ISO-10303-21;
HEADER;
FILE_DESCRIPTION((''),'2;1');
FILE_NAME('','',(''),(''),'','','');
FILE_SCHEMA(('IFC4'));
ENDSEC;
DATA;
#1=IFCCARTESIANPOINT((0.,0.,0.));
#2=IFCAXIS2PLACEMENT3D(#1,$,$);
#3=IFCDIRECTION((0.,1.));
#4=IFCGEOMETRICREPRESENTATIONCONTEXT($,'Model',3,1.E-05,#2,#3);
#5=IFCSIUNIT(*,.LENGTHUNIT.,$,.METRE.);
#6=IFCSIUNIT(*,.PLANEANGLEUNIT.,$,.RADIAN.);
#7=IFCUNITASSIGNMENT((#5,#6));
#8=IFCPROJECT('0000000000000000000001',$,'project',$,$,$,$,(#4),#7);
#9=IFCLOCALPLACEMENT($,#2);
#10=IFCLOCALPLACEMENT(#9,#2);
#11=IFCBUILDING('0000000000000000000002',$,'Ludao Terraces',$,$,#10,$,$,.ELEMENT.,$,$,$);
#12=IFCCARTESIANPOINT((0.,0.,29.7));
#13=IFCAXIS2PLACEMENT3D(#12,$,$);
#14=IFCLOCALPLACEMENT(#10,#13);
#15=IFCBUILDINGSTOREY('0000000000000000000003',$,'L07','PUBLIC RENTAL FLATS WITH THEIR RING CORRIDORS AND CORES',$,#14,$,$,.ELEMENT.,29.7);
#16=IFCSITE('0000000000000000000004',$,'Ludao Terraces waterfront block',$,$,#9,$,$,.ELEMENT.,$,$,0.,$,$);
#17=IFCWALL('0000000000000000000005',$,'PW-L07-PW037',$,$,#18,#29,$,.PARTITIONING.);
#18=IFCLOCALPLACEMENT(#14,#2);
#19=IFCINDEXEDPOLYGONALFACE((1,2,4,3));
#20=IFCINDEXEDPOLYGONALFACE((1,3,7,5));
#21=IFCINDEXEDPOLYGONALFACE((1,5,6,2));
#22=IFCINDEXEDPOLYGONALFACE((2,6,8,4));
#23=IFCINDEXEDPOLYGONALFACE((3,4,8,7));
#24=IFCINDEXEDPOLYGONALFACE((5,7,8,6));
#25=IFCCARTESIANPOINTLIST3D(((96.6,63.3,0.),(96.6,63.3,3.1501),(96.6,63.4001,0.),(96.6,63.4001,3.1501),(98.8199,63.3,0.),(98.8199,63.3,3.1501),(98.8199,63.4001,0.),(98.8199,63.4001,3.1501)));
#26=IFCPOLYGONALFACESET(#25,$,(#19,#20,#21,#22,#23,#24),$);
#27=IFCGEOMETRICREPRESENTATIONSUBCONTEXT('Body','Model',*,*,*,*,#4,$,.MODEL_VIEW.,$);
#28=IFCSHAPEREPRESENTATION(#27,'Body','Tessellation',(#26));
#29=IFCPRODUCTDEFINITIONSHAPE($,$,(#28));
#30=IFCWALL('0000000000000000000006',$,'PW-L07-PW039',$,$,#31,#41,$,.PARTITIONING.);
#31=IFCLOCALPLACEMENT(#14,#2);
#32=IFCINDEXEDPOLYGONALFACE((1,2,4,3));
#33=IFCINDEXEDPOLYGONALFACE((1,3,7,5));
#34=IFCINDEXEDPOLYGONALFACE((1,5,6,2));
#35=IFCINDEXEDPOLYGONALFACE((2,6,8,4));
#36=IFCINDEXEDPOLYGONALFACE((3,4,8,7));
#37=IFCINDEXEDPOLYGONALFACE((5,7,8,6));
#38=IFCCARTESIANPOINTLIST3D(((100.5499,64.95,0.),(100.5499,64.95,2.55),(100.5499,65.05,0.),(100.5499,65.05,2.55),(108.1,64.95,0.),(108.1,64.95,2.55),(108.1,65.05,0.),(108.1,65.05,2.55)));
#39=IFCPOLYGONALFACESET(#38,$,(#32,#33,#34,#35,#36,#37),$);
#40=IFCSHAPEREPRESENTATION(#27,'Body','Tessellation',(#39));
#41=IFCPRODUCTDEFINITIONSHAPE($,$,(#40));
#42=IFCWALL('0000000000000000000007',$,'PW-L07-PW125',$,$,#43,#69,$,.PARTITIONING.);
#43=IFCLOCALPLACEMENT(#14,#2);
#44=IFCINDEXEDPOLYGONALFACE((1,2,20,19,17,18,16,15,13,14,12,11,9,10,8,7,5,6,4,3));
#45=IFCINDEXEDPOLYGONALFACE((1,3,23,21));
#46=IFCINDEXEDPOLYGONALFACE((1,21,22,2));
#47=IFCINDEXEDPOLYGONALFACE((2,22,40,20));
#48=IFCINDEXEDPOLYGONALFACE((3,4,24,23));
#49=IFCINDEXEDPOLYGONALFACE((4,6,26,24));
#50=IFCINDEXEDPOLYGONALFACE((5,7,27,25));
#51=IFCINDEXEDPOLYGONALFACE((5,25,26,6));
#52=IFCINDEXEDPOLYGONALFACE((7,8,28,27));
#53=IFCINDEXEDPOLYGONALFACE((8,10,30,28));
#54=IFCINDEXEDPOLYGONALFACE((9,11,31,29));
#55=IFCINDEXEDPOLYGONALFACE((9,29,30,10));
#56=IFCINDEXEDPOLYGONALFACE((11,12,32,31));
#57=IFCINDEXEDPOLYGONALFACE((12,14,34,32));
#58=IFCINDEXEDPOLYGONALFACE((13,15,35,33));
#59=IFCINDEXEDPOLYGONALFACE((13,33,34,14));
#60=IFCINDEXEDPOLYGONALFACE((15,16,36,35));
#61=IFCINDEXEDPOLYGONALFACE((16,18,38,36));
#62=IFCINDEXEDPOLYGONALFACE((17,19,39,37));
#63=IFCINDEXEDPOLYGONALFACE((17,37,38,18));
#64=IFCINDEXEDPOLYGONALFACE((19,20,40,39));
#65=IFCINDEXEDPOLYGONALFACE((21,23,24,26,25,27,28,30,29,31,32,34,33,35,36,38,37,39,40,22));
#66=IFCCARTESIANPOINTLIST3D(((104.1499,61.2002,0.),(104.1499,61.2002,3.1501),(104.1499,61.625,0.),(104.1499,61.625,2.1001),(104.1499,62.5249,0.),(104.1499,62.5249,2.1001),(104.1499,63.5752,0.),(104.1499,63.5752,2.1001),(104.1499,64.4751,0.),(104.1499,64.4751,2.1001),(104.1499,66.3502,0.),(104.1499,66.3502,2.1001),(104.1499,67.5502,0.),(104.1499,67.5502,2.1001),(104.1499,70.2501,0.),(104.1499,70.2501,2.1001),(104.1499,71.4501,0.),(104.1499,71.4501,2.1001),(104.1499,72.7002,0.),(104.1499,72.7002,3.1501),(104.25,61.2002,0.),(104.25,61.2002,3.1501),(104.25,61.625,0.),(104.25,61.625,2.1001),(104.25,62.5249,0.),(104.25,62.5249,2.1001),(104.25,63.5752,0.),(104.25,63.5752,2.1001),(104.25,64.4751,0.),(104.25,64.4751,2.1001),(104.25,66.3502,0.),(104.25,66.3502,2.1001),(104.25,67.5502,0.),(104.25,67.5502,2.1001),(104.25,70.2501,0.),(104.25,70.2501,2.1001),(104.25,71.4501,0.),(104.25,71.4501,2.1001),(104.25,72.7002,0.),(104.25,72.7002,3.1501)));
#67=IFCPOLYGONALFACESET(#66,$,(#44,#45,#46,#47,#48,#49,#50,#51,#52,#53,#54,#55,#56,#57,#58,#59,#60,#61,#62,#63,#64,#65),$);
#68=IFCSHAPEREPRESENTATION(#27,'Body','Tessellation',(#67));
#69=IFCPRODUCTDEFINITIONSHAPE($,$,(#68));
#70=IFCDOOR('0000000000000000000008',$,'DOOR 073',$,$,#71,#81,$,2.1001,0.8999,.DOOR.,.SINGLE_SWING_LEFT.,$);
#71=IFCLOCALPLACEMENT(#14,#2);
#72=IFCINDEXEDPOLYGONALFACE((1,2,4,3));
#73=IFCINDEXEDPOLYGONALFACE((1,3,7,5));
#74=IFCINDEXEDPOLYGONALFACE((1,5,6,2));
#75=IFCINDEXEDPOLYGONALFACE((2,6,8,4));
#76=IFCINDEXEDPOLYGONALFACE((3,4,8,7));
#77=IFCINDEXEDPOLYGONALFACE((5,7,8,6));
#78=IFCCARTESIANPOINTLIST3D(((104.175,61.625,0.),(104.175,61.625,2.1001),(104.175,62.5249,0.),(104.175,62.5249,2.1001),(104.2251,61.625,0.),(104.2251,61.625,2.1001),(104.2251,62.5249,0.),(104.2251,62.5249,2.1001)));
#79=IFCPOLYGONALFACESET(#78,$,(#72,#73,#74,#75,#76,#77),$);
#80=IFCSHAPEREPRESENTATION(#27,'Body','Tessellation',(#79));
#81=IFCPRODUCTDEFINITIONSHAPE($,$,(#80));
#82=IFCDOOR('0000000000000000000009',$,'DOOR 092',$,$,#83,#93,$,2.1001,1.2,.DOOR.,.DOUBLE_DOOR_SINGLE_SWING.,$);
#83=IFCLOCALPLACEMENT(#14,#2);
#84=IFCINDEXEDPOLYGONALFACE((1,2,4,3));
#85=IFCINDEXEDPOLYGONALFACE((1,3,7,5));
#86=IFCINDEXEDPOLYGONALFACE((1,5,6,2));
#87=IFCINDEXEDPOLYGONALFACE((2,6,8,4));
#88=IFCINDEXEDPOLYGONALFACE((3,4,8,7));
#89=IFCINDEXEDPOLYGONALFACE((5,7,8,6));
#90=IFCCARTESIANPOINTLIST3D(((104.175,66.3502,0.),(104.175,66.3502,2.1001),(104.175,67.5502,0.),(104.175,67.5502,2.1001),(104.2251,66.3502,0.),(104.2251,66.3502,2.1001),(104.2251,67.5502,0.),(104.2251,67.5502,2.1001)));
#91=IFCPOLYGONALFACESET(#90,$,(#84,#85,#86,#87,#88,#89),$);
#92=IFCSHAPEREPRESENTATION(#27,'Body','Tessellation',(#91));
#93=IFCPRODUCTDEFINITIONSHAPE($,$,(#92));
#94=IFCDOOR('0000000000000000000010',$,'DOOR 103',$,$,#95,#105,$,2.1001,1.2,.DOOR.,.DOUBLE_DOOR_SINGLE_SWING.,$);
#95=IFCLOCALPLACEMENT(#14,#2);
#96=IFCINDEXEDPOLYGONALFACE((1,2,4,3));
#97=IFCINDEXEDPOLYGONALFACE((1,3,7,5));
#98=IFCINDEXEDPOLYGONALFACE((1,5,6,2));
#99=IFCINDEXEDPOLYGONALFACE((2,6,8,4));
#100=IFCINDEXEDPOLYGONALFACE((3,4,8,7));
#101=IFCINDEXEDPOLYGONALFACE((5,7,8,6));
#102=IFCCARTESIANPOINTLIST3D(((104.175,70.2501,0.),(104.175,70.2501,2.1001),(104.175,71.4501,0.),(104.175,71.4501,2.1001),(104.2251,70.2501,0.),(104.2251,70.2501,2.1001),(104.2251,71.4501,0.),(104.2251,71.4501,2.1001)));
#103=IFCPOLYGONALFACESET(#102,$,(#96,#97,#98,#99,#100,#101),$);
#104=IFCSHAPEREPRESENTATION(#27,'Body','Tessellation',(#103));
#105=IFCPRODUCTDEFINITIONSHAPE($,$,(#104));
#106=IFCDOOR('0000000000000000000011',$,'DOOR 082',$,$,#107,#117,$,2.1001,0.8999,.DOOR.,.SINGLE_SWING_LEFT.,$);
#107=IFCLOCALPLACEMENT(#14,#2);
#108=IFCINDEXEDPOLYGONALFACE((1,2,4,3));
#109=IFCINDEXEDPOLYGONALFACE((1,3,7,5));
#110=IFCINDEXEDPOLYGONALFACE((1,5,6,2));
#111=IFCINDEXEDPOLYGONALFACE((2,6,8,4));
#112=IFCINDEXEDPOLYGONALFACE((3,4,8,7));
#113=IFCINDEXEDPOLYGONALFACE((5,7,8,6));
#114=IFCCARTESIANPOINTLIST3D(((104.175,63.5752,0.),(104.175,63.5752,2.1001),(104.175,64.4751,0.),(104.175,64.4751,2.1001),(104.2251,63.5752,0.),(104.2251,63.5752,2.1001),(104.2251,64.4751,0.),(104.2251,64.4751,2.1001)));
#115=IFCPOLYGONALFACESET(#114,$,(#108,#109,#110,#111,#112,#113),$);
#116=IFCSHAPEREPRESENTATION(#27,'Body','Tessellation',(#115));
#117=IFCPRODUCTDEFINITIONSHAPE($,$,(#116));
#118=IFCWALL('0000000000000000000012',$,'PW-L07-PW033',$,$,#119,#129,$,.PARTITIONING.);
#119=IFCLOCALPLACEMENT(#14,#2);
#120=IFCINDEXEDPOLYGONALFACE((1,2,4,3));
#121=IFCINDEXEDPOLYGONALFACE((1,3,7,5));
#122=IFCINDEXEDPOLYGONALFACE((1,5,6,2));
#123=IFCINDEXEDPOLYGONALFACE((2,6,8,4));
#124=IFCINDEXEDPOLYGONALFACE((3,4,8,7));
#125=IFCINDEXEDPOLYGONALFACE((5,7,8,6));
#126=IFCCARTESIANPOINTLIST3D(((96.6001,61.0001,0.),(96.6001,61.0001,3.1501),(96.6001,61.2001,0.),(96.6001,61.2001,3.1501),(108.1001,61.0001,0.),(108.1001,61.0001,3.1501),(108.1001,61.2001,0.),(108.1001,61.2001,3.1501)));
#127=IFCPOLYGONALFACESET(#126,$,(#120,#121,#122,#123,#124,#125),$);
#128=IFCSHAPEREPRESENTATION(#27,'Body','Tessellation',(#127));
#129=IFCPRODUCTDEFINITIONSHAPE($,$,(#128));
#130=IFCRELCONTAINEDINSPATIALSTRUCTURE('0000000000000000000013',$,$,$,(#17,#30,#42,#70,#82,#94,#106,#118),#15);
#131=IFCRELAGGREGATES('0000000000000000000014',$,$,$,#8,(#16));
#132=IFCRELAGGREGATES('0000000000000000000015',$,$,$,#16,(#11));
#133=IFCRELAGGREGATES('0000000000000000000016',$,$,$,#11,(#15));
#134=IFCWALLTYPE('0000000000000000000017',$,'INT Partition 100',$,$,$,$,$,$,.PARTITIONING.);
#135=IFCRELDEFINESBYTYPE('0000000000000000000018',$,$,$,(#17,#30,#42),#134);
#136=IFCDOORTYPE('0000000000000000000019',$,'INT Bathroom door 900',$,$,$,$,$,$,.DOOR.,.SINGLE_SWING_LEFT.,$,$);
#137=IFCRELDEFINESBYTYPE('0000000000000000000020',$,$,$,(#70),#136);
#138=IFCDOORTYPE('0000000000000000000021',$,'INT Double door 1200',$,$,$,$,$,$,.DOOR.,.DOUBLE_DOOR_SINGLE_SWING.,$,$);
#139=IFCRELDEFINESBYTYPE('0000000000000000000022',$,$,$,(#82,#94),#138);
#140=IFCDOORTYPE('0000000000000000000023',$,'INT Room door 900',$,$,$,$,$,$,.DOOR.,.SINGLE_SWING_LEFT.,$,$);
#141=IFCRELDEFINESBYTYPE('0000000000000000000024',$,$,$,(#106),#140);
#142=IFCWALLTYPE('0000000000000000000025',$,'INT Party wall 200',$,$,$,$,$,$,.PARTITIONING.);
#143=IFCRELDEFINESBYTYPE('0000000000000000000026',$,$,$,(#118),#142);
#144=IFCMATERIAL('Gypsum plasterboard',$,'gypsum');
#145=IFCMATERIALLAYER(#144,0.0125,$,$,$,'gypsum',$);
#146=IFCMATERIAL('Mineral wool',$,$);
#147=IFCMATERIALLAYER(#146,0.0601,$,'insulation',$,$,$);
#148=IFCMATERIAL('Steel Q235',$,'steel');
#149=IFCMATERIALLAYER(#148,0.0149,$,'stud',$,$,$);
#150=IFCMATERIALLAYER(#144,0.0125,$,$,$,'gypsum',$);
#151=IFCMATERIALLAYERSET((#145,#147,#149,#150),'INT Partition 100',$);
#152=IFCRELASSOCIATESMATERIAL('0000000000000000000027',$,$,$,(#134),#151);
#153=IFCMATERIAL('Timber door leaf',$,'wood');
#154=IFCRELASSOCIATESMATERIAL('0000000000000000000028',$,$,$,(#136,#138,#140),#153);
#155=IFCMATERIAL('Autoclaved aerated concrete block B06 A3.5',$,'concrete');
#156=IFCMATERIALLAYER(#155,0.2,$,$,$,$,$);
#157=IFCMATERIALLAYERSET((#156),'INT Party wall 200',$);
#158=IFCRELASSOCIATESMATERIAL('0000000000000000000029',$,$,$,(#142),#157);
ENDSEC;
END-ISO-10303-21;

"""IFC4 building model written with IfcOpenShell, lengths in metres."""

from ifc_helpers import new_model, si_unit, direction, frame, frame_2d, origin, place, context, subcontext, project, spatial, rectangle, extrude, material, layer, layer_set, type_object, element, fill, save


model = new_model("IFC4")

# Units and contexts
model_context = context("Model", 3, precision=1e-05, world=origin(), true_north=direction((0.0, 1.0)))
body_context = subcontext(model_context, "Body", "Model", "MODEL_VIEW")
ifc_project = project(units=[si_unit("LENGTHUNIT", "METRE"), si_unit("PLANEANGLEUNIT", "RADIAN")], contexts=[model_context])

# Site, building, storey
site_placement = place(None, origin())
site = spatial("IfcSite", under=ifc_project, at=site_placement, Name="Ludao Terraces waterfront block", CompositionType="ELEMENT", RefElevation=0.0)
building_placement = place(site_placement, origin())
building = spatial("IfcBuilding", under=site, at=building_placement, Name="Ludao Terraces", CompositionType="ELEMENT")
storey_placement = place(building_placement, frame((0.0, 0.0, 29.7)))
storey = spatial("IfcBuildingStorey", under=building, at=storey_placement, Name="L07", Description="PUBLIC RENTAL FLATS WITH THEIR RING CORRIDORS AND CORES", CompositionType="ELEMENT", Elevation=29.7)

# Shared definitions
ifc_material_1 = material(Name="Mineral wool")

# Walls
ifc_material_2 = material(Name="Gypsum plasterboard", Category="gypsum")
ifc_layer_1 = layer(ifc_material_2, 0.0125, Category="gypsum")
ifc_layer_2 = layer(ifc_material_1, 0.0601, Name="insulation")
ifc_material_3 = material(Name="Steel Q235", Category="steel")
ifc_layer_3 = layer(ifc_material_3, 0.0149, Name="stud")
ifc_layer_4 = layer(ifc_material_2, 0.0125, Category="gypsum")
ifc_layer_set_1 = layer_set([ifc_layer_1, ifc_layer_2, ifc_layer_3, ifc_layer_4], Name="INT Partition 100")
wall_type_1 = type_object("IfcWallType", Name="INT Partition 100", PredefinedType="PARTITIONING", material=ifc_layer_set_1)
wall_1_placement = place(storey_placement, frame((96.6001, 63.3501, 0.0), z_axis=(0.0, 0.0, 1.0), x_axis=(1.0, 0.0, 0.0)))
element("IfcWall", 1, at=wall_1_placement, inside=storey, type_object=wall_type_1, Name="PW-L07-PW037", PredefinedType="PARTITIONING", context=body_context, shape_type="SweptSolid", body=[
    extrude(rectangle(XDim=2.22, YDim=0.1001, at=frame_2d((1.1099, 0.0))), origin(), (0.0, 0.0, 1.0), 3.1501),
])
wall_2_placement = place(storey_placement, frame((100.55, 65.0, 0.0), z_axis=(0.0, 0.0, 1.0), x_axis=(1.0, 0.0, 0.0)))
element("IfcWall", 2, at=wall_2_placement, inside=storey, type_object=wall_type_1, Name="PW-L07-PW039", PredefinedType="PARTITIONING", context=body_context, shape_type="SweptSolid", body=[
    extrude(rectangle(XDim=7.55, YDim=0.1001, at=frame_2d((3.7749, 0.0))), origin(), (0.0, 0.0, 1.0), 2.55),
])

# Wall, openings, doors
wall_3_placement = place(storey_placement, frame((104.2, 61.2002, 0.0), z_axis=(0.0, 0.0, 1.0), x_axis=(0.0, 1.0, 0.0)))
wall_3 = element("IfcWall", 3, at=wall_3_placement, inside=storey, type_object=wall_type_1, Name="PW-L07-PW125", PredefinedType="PARTITIONING", context=body_context, shape_type="SweptSolid", body=[
    extrude(rectangle(XDim=11.5, YDim=0.1001, at=frame_2d((5.75, 0.0))), origin(), (0.0, 0.0, 1.0), 3.1501),
])
opening_1_placement = place(wall_3_placement, frame((0.4248, 0.0, 0.0)))
opening_1 = element("IfcOpeningElement", 4, at=opening_1_placement, cuts=wall_3, PredefinedType="OPENING", context=body_context, shape_type="SweptSolid", body=[
    extrude(rectangle(XDim=0.8999, YDim=2.1001, at=frame_2d((0.45, 1.05))), frame((0.0, 0.0601, 0.0), z_axis=(0.0, -1.0, 0.0), x_axis=(1.0, 0.0, 0.0)), (0.0, 0.0, 1.0), 0.1201),
])
opening_2_placement = place(wall_3_placement, frame((2.375, 0.0, 0.0)))
opening_2 = element("IfcOpeningElement", 5, at=opening_2_placement, cuts=wall_3, PredefinedType="OPENING", context=body_context, shape_type="SweptSolid", body=[
    extrude(rectangle(XDim=0.8999, YDim=2.1001, at=frame_2d((0.45, 1.05))), frame((0.0, 0.0601, 0.0), z_axis=(0.0, -1.0, 0.0), x_axis=(1.0, 0.0, 0.0)), (0.0, 0.0, 1.0), 0.1201),
])
opening_3_placement = place(wall_3_placement, frame((5.1499, 0.0, 0.0)))
opening_3 = element("IfcOpeningElement", 6, at=opening_3_placement, cuts=wall_3, PredefinedType="OPENING", context=body_context, shape_type="SweptSolid", body=[
    extrude(rectangle(XDim=1.2, YDim=2.1001, at=frame_2d((0.6001, 1.05))), frame((0.0, 0.0601, 0.0), z_axis=(0.0, -1.0, 0.0), x_axis=(1.0, 0.0, 0.0)), (0.0, 0.0, 1.0), 0.1201),
])
opening_4_placement = place(wall_3_placement, frame((9.0498, 0.0, 0.0)))
opening_4 = element("IfcOpeningElement", 7, at=opening_4_placement, cuts=wall_3, PredefinedType="OPENING", context=body_context, shape_type="SweptSolid", body=[
    extrude(rectangle(XDim=1.2, YDim=2.1001, at=frame_2d((0.6001, 1.05))), frame((0.0, 0.0601, 0.0), z_axis=(0.0, -1.0, 0.0), x_axis=(1.0, 0.0, 0.0)), (0.0, 0.0, 1.0), 0.1201),
])
ifc_material_4 = material(Name="Timber door leaf", Category="wood")
door_type_1 = type_object("IfcDoorType", Name="INT Bathroom door 900", OperationType="SINGLE_SWING_LEFT", PredefinedType="DOOR", material=ifc_material_4)
door_1_placement = place(opening_1_placement, origin())
door_1 = element("IfcDoor", 8, at=door_1_placement, inside=storey, type_object=door_type_1, Name="DOOR 073", OperationType="SINGLE_SWING_LEFT", OverallHeight=2.1001, OverallWidth=0.8999, PredefinedType="DOOR", context=body_context, shape_type="SweptSolid", body=[
    extrude(rectangle(XDim=0.8999, YDim=2.1001, at=frame_2d((0.45, 1.05))), frame((0.0, 0.0249, 0.0), z_axis=(0.0, -1.0, 0.0), x_axis=(1.0, 0.0, 0.0)), (0.0, 0.0, 1.0), 0.05),
])
fill(opening_1, door_1)
door_type_2 = type_object("IfcDoorType", Name="INT Double door 1200", OperationType="DOUBLE_DOOR_SINGLE_SWING", PredefinedType="DOOR", material=ifc_material_4)
door_2_placement = place(opening_3_placement, origin())
door_2 = element("IfcDoor", 9, at=door_2_placement, inside=storey, type_object=door_type_2, Name="DOOR 092", OperationType="DOUBLE_DOOR_SINGLE_SWING", OverallHeight=2.1001, OverallWidth=1.2, PredefinedType="DOOR", context=body_context, shape_type="SweptSolid", body=[
    extrude(rectangle(XDim=1.2, YDim=2.1001, at=frame_2d((0.6001, 1.05))), frame((0.0, 0.0249, 0.0), z_axis=(0.0, -1.0, 0.0), x_axis=(1.0, 0.0, 0.0)), (0.0, 0.0, 1.0), 0.05),
])
fill(opening_3, door_2)
door_3_placement = place(opening_4_placement, origin())
door_3 = element("IfcDoor", 10, at=door_3_placement, inside=storey, type_object=door_type_2, Name="DOOR 103", OperationType="DOUBLE_DOOR_SINGLE_SWING", OverallHeight=2.1001, OverallWidth=1.2, PredefinedType="DOOR", context=body_context, shape_type="SweptSolid", body=[
    extrude(rectangle(XDim=1.2, YDim=2.1001, at=frame_2d((0.6001, 1.05))), frame((0.0, 0.0249, 0.0), z_axis=(0.0, -1.0, 0.0), x_axis=(1.0, 0.0, 0.0)), (0.0, 0.0, 1.0), 0.05),
])
fill(opening_4, door_3)
door_type_3 = type_object("IfcDoorType", Name="INT Room door 900", OperationType="SINGLE_SWING_LEFT", PredefinedType="DOOR", material=ifc_material_4)
door_4_placement = place(opening_2_placement, origin())
door_4 = element("IfcDoor", 11, at=door_4_placement, inside=storey, type_object=door_type_3, Name="DOOR 082", OperationType="SINGLE_SWING_LEFT", OverallHeight=2.1001, OverallWidth=0.8999, PredefinedType="DOOR", context=body_context, shape_type="SweptSolid", body=[
    extrude(rectangle(XDim=0.8999, YDim=2.1001, at=frame_2d((0.45, 1.05))), frame((0.0, 0.0249, 0.0), z_axis=(0.0, -1.0, 0.0), x_axis=(1.0, 0.0, 0.0)), (0.0, 0.0, 1.0), 0.05),
])
fill(opening_2, door_4)

# Wall
ifc_material_5 = material(Name="Autoclaved aerated concrete block B06 A3.5", Category="concrete")
ifc_layer_5 = layer(ifc_material_5, 0.2)
ifc_layer_set_2 = layer_set([ifc_layer_5], Name="INT Party wall 200")
wall_type_2 = type_object("IfcWallType", Name="INT Party wall 200", PredefinedType="PARTITIONING", material=ifc_layer_set_2)
wall_4_placement = place(storey_placement, frame((96.6001, 61.1001, 0.0), z_axis=(0.0, 0.0, 1.0), x_axis=(1.0, 0.0, 0.0)))
element("IfcWall", 12, at=wall_4_placement, inside=storey, type_object=wall_type_2, Name="PW-L07-PW033", PredefinedType="PARTITIONING", context=body_context, shape_type="SweptSolid", body=[
    extrude(rectangle(XDim=11.5, YDim=0.2, at=frame_2d((5.75, 0.0))), origin(), (0.0, 0.0, 1.0), 3.1501),
])

save(model, "model.ifc")
